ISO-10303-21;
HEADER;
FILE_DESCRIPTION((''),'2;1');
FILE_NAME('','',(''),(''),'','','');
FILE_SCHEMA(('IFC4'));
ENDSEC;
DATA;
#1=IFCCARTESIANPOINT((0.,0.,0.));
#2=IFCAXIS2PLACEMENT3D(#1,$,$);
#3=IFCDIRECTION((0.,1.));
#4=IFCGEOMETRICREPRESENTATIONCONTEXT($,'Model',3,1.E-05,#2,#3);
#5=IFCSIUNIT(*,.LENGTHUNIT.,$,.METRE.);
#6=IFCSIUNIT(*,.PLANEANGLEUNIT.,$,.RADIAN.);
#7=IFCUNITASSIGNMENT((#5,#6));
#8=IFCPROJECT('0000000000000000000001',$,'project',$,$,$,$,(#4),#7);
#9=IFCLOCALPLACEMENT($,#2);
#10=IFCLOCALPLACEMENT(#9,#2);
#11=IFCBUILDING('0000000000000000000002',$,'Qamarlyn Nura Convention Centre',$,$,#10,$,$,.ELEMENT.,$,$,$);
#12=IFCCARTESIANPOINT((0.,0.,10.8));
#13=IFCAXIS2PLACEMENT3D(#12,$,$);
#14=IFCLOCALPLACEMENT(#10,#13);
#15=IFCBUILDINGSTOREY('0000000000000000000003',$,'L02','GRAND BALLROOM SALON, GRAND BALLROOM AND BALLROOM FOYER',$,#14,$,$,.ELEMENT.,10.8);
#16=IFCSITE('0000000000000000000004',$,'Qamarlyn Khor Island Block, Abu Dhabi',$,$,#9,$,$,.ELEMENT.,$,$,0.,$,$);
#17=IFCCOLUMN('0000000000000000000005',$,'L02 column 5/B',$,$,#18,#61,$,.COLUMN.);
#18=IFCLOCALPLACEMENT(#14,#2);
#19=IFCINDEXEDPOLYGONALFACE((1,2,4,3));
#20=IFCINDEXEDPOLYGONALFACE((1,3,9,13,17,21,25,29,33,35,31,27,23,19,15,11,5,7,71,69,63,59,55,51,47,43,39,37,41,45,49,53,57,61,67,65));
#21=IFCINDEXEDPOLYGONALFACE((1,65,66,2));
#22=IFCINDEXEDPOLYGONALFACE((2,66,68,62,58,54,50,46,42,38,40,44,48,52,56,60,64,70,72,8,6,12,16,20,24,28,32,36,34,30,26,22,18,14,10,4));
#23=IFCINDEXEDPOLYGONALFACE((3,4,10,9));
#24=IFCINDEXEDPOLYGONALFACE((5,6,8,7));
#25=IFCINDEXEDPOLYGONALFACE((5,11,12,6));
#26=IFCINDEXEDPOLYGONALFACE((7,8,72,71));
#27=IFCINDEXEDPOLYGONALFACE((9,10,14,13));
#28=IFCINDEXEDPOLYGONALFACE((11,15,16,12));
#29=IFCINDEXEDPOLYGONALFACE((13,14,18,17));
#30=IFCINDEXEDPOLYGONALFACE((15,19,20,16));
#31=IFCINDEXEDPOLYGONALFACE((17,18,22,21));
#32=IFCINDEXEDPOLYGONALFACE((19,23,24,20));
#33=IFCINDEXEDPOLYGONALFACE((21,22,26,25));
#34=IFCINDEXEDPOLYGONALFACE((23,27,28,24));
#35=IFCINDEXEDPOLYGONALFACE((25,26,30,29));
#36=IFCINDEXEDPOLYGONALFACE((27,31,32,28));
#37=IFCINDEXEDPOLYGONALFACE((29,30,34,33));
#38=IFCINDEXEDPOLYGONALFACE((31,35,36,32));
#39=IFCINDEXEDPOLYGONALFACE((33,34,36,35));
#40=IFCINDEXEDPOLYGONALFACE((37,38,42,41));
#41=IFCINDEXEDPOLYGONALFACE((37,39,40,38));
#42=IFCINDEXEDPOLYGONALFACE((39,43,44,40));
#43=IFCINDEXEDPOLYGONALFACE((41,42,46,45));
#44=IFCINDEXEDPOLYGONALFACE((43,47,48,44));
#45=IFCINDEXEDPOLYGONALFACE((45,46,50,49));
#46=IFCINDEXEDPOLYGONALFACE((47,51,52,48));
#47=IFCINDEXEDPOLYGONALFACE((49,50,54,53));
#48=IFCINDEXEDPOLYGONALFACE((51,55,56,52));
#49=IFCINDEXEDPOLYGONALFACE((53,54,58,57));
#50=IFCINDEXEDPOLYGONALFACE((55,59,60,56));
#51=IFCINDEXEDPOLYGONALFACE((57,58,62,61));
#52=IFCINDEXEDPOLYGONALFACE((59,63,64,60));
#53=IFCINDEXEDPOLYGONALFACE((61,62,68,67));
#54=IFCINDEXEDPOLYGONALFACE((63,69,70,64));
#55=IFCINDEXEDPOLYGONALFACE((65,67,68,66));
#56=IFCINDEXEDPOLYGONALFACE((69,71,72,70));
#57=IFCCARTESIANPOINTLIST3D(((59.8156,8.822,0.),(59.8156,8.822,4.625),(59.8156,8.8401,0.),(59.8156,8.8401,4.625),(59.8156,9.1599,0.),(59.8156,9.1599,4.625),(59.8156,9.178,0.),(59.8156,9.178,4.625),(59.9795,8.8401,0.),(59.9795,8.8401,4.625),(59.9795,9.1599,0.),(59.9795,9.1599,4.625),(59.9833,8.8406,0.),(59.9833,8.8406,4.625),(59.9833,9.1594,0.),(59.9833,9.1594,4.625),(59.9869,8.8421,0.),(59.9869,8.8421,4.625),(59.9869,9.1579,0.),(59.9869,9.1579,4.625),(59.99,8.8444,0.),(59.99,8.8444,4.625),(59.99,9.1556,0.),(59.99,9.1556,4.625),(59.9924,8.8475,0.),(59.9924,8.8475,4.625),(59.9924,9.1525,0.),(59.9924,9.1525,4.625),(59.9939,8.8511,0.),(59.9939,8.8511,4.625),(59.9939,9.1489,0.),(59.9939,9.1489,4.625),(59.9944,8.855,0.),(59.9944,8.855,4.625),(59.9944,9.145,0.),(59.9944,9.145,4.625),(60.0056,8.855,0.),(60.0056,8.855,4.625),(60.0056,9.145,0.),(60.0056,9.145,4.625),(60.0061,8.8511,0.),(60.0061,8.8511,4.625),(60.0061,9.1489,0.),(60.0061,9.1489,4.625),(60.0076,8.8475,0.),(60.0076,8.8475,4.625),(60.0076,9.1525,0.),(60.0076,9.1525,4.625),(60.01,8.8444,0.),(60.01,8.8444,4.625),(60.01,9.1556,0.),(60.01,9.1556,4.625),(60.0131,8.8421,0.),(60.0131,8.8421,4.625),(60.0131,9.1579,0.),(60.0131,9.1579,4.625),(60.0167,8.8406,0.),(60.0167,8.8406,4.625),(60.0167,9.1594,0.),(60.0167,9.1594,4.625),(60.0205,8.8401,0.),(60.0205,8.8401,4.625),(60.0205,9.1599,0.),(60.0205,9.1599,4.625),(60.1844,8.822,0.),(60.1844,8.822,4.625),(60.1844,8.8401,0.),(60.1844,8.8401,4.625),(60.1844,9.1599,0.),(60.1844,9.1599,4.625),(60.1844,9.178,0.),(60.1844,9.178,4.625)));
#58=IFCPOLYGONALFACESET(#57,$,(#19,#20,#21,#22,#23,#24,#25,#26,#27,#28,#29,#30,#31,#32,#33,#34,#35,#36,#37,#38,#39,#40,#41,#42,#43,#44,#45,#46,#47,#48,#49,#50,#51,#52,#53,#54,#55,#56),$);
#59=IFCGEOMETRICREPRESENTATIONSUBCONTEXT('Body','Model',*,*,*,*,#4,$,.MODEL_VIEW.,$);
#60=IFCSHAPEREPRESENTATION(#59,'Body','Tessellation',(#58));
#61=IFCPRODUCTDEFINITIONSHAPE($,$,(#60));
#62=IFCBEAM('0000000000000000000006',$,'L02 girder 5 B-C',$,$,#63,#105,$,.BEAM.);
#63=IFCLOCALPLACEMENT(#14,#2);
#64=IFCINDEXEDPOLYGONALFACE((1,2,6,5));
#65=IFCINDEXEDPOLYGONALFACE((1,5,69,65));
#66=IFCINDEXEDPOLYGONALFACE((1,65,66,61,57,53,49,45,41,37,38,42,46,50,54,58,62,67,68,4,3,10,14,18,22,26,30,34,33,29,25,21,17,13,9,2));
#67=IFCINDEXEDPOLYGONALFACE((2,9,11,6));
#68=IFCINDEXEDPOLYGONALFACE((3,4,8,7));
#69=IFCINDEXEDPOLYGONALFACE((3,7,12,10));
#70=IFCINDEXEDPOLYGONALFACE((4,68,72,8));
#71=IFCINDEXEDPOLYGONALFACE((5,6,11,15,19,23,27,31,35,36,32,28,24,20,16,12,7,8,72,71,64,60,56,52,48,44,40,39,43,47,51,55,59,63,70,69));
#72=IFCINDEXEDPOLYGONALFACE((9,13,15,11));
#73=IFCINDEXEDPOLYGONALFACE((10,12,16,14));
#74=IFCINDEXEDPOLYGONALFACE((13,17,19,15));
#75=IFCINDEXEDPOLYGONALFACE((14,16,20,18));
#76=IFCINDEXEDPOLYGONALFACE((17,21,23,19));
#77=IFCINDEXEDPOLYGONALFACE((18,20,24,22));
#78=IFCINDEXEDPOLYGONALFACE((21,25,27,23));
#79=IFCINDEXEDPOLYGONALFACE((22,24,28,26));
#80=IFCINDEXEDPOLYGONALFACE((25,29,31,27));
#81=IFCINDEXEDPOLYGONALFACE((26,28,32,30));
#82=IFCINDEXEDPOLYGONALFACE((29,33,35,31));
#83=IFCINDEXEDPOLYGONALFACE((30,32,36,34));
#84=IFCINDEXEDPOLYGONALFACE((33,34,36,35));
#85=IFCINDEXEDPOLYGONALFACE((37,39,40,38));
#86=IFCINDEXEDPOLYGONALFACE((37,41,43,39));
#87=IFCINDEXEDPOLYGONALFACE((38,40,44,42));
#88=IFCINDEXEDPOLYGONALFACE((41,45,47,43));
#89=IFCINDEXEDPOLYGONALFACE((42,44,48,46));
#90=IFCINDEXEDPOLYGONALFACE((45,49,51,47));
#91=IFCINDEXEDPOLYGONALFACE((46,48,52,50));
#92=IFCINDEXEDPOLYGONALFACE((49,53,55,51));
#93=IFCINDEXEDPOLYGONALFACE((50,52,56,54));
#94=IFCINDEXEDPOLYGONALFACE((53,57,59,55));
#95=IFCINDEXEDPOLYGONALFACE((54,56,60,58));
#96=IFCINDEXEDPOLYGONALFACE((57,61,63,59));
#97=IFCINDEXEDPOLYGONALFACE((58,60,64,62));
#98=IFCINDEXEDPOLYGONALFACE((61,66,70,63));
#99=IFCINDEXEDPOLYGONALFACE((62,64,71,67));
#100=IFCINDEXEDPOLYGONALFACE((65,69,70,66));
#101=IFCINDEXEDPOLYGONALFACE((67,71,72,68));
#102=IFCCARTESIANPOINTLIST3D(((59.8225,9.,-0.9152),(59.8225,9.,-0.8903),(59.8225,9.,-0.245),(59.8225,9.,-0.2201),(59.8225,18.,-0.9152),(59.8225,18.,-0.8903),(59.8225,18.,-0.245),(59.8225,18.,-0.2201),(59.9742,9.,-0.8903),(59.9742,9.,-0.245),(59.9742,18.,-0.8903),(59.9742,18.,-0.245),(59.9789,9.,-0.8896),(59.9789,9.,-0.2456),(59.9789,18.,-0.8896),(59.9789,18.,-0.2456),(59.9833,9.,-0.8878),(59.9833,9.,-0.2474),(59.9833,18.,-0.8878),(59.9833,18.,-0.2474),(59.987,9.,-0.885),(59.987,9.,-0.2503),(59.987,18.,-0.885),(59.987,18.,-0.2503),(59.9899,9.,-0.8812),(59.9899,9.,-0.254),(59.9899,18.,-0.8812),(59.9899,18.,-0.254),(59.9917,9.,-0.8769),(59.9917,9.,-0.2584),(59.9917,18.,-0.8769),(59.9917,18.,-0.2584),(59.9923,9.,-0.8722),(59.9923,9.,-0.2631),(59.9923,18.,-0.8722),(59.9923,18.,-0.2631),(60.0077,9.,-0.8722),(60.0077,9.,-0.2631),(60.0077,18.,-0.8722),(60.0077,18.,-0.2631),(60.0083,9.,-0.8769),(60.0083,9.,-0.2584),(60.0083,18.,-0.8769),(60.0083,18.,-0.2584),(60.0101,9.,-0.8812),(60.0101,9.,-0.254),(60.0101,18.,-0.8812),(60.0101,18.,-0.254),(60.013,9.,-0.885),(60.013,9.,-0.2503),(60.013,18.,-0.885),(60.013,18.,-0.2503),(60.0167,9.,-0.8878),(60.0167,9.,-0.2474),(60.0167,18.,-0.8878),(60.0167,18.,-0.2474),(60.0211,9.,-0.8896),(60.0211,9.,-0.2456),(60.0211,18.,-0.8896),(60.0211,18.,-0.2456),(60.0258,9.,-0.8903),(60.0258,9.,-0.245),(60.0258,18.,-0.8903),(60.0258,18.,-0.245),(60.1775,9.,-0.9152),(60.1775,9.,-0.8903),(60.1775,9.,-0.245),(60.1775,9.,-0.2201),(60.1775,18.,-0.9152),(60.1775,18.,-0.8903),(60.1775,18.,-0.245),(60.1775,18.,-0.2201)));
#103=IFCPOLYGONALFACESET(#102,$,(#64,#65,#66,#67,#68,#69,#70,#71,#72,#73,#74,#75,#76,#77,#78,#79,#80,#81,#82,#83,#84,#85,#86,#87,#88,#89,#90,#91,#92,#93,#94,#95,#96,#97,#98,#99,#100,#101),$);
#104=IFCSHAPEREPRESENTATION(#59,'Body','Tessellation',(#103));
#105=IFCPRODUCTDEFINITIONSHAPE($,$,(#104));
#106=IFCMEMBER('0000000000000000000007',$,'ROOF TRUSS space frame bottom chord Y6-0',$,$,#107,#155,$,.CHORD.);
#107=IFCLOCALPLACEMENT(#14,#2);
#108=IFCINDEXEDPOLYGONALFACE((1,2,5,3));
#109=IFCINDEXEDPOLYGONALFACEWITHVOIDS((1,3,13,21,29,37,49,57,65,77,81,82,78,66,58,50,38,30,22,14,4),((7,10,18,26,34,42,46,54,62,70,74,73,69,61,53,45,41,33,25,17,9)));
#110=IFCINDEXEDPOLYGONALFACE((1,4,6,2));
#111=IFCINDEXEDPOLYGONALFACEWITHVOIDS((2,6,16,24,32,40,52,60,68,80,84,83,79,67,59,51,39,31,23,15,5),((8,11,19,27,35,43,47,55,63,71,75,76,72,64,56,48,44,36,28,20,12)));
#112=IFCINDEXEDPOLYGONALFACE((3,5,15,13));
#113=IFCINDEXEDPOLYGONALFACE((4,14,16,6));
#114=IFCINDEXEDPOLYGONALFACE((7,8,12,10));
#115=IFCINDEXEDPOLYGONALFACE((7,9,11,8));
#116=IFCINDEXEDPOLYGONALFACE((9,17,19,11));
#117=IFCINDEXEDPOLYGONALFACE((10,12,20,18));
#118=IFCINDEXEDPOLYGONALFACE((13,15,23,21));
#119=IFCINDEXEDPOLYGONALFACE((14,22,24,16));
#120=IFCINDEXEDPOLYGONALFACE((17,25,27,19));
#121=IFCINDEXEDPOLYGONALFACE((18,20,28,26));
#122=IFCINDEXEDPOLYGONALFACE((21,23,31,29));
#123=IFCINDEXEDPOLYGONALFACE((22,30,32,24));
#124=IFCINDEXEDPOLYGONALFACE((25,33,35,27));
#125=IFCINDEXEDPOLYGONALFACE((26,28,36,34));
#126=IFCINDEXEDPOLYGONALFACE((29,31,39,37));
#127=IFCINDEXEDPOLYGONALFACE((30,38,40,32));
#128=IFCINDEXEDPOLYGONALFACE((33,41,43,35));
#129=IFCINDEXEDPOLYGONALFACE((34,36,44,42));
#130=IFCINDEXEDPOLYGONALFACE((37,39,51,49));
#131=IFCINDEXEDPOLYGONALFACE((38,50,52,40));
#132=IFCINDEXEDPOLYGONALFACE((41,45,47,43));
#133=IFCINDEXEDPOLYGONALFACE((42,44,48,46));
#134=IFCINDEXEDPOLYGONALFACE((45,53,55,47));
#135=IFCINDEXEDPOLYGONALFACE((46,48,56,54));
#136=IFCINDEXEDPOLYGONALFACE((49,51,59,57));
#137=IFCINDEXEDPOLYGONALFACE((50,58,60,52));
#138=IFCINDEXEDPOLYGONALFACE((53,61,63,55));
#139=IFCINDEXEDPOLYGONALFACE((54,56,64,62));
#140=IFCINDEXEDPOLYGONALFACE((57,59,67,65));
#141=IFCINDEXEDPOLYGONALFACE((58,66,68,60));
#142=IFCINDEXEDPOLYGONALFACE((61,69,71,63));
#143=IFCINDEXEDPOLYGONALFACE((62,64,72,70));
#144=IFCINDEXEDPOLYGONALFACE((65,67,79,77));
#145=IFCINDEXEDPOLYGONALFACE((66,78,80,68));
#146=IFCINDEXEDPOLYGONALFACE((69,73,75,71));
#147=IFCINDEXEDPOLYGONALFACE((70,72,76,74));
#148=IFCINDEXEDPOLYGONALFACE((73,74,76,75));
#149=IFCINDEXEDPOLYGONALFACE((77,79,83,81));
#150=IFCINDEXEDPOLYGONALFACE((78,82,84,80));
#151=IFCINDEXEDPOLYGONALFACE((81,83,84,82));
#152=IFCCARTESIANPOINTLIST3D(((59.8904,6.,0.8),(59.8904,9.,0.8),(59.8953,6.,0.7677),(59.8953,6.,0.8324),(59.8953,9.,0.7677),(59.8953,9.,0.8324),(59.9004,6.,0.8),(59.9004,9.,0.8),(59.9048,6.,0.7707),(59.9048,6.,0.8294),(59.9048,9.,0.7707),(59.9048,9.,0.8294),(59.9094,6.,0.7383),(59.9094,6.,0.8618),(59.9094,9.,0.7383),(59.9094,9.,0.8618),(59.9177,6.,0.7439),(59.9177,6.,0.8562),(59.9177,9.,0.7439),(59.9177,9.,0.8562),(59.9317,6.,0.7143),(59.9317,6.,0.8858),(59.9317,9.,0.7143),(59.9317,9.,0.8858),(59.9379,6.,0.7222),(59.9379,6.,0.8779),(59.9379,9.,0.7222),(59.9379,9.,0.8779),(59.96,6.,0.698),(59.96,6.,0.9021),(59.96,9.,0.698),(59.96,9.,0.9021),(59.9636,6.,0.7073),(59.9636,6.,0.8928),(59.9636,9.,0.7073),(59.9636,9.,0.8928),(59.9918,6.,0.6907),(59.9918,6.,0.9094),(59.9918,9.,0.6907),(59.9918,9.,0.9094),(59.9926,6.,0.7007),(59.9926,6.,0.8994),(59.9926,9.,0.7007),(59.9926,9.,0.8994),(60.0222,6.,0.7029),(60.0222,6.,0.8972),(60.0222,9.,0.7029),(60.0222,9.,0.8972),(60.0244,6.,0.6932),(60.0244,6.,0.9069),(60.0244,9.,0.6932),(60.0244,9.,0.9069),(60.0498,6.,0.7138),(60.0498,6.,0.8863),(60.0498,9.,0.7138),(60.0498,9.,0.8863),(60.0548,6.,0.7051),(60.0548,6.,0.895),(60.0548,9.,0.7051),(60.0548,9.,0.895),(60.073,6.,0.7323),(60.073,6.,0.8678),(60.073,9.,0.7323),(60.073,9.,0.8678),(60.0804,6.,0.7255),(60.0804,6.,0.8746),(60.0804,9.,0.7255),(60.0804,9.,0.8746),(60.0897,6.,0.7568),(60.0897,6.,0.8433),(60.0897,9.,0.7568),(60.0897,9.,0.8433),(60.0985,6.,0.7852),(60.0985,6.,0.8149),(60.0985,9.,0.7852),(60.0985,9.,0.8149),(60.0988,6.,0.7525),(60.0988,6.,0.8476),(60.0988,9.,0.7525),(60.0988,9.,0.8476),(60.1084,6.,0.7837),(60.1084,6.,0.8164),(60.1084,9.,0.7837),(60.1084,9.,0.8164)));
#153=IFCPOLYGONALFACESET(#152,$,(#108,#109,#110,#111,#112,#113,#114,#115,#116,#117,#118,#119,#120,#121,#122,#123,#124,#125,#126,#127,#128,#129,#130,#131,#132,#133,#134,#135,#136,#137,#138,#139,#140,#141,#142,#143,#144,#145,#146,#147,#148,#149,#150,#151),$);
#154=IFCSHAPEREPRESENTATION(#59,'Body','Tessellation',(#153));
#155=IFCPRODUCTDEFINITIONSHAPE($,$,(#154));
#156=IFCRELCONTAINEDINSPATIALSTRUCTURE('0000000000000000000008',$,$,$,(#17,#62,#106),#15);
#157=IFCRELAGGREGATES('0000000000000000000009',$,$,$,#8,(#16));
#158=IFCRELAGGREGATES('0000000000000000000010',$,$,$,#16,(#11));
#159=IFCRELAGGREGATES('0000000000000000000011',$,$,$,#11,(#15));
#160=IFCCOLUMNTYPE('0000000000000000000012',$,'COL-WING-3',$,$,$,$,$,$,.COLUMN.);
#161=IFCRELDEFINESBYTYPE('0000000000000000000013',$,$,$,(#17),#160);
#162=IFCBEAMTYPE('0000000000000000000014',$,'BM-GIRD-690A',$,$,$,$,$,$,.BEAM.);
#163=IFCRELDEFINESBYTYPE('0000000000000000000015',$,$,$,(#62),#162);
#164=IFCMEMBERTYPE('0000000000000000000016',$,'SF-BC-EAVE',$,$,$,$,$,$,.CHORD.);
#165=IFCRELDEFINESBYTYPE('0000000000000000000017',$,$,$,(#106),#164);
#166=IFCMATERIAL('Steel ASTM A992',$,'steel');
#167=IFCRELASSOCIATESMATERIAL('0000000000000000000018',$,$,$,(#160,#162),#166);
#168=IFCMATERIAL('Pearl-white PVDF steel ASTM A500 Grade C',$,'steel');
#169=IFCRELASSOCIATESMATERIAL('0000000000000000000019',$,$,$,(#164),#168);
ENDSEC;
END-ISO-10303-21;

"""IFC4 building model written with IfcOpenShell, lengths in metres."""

from ifc_helpers import new_model, si_unit, direction, frame, origin, origin_2d, place, context, subcontext, project, spatial, hollow_circle, i_section, extrude, material, material_profile, profile_set, type_object, element, save


model = new_model("IFC4")

# Units and contexts
model_context = context("Model", 3, precision=1e-05, world=origin(), true_north=direction((0.0, 1.0)))
body_context = subcontext(model_context, "Body", "Model", "MODEL_VIEW")
ifc_project = project(units=[si_unit("LENGTHUNIT", "METRE"), si_unit("PLANEANGLEUNIT", "RADIAN")], contexts=[model_context])

# Site, building, storey
site_placement = place(None, origin())
site = spatial("IfcSite", under=ifc_project, at=site_placement, Name="Qamarlyn Khor Island Block, Abu Dhabi", CompositionType="ELEMENT", RefElevation=0.0)
building_placement = place(site_placement, origin())
building = spatial("IfcBuilding", under=site, at=building_placement, Name="Qamarlyn Nura Convention Centre", CompositionType="ELEMENT")
storey_placement = place(building_placement, frame((0.0, 0.0, 10.8)))
storey = spatial("IfcBuildingStorey", under=building, at=storey_placement, Name="L02", Description="GRAND BALLROOM SALON, GRAND BALLROOM AND BALLROOM FOYER", CompositionType="ELEMENT", Elevation=10.8)

# Column
ifc_material_1 = material(Name="Steel ASTM A992", Category="steel")
ifc_material_profile_1 = material_profile(ifc_material_1, i_section(OverallWidth=0.3689, OverallDepth=0.356, WebThickness=0.0112, FlangeThickness=0.0181, FilletRadius=0.0149, at=origin_2d()), Name="W360X134")
ifc_profile_set_1 = profile_set([ifc_material_profile_1], Name="Steel ASTM A992")
column_type = type_object("IfcColumnType", Name="COL-WING-3", PredefinedType="COLUMN", material=ifc_profile_set_1)
column_placement = place(storey_placement, frame((60.0, 9.0, 0.0), z_axis=(0.0, 0.0, 1.0), x_axis=(1.0, 0.0, 0.0)))
element("IfcColumn", 1, at=column_placement, inside=storey, type_object=column_type, Name="L02 column 5/B", PredefinedType="COLUMN", context=body_context, shape_type="SweptSolid", body=[
    extrude(i_section(OverallWidth=0.3689, OverallDepth=0.356, WebThickness=0.0112, FlangeThickness=0.0181, FilletRadius=0.0149, at=origin_2d()), origin(), (0.0, 0.0, 1.0), 4.625),
])

# Beam
ifc_material_profile_2 = material_profile(ifc_material_1, i_section(OverallWidth=0.355, OverallDepth=0.6951, WebThickness=0.0154, FlangeThickness=0.0249, FilletRadius=0.0181, at=origin_2d()), Name="W690X217")
ifc_profile_set_2 = profile_set([ifc_material_profile_2], Name="Steel ASTM A992")
beam_type = type_object("IfcBeamType", Name="BM-GIRD-690A", PredefinedType="BEAM", material=ifc_profile_set_2)
beam_placement = place(storey_placement, frame((60.0, 9.0, -0.5676), z_axis=(0.0, 1.0, 0.0), x_axis=(-1.0, 0.0, 0.0)))
element("IfcBeam", 2, at=beam_placement, inside=storey, type_object=beam_type, Name="L02 girder 5 B-C", PredefinedType="BEAM", context=body_context, shape_type="SweptSolid", body=[
    extrude(i_section(OverallWidth=0.355, OverallDepth=0.6951, WebThickness=0.0154, FlangeThickness=0.0249, FilletRadius=0.0181, at=origin_2d()), origin(), (0.0, 0.0, 1.0), 9.0),
])

# Member
ifc_material_2 = material(Name="Pearl-white PVDF steel ASTM A500 Grade C", Category="steel")
ifc_material_profile_3 = material_profile(ifc_material_2, hollow_circle(Radius=0.1096, WallThickness=0.01, at=origin_2d()), Name="CHS219.1X10")
ifc_profile_set_3 = profile_set([ifc_material_profile_3], Name="Pearl-white PVDF steel ASTM A500 Grade C")
member_type_1 = type_object("IfcMemberType", Name="SF-BC-EAVE", PredefinedType="CHORD", material=ifc_profile_set_3)
member_1_placement = place(storey_placement, frame((60.0, 6.0, 0.8), z_axis=(0.0, 1.0, 0.0), x_axis=(-1.0, 0.0, 0.0)))
element("IfcMember", 3, at=member_1_placement, inside=storey, type_object=member_type_1, Name="ROOF TRUSS space frame bottom chord Y6-0", PredefinedType="CHORD", context=body_context, shape_type="SweptSolid", body=[
    extrude(hollow_circle(Radius=0.1096, WallThickness=0.01, at=origin_2d()), origin(), (0.0, 0.0, 1.0), 3.0),
])

save(model, "model.ifc")
